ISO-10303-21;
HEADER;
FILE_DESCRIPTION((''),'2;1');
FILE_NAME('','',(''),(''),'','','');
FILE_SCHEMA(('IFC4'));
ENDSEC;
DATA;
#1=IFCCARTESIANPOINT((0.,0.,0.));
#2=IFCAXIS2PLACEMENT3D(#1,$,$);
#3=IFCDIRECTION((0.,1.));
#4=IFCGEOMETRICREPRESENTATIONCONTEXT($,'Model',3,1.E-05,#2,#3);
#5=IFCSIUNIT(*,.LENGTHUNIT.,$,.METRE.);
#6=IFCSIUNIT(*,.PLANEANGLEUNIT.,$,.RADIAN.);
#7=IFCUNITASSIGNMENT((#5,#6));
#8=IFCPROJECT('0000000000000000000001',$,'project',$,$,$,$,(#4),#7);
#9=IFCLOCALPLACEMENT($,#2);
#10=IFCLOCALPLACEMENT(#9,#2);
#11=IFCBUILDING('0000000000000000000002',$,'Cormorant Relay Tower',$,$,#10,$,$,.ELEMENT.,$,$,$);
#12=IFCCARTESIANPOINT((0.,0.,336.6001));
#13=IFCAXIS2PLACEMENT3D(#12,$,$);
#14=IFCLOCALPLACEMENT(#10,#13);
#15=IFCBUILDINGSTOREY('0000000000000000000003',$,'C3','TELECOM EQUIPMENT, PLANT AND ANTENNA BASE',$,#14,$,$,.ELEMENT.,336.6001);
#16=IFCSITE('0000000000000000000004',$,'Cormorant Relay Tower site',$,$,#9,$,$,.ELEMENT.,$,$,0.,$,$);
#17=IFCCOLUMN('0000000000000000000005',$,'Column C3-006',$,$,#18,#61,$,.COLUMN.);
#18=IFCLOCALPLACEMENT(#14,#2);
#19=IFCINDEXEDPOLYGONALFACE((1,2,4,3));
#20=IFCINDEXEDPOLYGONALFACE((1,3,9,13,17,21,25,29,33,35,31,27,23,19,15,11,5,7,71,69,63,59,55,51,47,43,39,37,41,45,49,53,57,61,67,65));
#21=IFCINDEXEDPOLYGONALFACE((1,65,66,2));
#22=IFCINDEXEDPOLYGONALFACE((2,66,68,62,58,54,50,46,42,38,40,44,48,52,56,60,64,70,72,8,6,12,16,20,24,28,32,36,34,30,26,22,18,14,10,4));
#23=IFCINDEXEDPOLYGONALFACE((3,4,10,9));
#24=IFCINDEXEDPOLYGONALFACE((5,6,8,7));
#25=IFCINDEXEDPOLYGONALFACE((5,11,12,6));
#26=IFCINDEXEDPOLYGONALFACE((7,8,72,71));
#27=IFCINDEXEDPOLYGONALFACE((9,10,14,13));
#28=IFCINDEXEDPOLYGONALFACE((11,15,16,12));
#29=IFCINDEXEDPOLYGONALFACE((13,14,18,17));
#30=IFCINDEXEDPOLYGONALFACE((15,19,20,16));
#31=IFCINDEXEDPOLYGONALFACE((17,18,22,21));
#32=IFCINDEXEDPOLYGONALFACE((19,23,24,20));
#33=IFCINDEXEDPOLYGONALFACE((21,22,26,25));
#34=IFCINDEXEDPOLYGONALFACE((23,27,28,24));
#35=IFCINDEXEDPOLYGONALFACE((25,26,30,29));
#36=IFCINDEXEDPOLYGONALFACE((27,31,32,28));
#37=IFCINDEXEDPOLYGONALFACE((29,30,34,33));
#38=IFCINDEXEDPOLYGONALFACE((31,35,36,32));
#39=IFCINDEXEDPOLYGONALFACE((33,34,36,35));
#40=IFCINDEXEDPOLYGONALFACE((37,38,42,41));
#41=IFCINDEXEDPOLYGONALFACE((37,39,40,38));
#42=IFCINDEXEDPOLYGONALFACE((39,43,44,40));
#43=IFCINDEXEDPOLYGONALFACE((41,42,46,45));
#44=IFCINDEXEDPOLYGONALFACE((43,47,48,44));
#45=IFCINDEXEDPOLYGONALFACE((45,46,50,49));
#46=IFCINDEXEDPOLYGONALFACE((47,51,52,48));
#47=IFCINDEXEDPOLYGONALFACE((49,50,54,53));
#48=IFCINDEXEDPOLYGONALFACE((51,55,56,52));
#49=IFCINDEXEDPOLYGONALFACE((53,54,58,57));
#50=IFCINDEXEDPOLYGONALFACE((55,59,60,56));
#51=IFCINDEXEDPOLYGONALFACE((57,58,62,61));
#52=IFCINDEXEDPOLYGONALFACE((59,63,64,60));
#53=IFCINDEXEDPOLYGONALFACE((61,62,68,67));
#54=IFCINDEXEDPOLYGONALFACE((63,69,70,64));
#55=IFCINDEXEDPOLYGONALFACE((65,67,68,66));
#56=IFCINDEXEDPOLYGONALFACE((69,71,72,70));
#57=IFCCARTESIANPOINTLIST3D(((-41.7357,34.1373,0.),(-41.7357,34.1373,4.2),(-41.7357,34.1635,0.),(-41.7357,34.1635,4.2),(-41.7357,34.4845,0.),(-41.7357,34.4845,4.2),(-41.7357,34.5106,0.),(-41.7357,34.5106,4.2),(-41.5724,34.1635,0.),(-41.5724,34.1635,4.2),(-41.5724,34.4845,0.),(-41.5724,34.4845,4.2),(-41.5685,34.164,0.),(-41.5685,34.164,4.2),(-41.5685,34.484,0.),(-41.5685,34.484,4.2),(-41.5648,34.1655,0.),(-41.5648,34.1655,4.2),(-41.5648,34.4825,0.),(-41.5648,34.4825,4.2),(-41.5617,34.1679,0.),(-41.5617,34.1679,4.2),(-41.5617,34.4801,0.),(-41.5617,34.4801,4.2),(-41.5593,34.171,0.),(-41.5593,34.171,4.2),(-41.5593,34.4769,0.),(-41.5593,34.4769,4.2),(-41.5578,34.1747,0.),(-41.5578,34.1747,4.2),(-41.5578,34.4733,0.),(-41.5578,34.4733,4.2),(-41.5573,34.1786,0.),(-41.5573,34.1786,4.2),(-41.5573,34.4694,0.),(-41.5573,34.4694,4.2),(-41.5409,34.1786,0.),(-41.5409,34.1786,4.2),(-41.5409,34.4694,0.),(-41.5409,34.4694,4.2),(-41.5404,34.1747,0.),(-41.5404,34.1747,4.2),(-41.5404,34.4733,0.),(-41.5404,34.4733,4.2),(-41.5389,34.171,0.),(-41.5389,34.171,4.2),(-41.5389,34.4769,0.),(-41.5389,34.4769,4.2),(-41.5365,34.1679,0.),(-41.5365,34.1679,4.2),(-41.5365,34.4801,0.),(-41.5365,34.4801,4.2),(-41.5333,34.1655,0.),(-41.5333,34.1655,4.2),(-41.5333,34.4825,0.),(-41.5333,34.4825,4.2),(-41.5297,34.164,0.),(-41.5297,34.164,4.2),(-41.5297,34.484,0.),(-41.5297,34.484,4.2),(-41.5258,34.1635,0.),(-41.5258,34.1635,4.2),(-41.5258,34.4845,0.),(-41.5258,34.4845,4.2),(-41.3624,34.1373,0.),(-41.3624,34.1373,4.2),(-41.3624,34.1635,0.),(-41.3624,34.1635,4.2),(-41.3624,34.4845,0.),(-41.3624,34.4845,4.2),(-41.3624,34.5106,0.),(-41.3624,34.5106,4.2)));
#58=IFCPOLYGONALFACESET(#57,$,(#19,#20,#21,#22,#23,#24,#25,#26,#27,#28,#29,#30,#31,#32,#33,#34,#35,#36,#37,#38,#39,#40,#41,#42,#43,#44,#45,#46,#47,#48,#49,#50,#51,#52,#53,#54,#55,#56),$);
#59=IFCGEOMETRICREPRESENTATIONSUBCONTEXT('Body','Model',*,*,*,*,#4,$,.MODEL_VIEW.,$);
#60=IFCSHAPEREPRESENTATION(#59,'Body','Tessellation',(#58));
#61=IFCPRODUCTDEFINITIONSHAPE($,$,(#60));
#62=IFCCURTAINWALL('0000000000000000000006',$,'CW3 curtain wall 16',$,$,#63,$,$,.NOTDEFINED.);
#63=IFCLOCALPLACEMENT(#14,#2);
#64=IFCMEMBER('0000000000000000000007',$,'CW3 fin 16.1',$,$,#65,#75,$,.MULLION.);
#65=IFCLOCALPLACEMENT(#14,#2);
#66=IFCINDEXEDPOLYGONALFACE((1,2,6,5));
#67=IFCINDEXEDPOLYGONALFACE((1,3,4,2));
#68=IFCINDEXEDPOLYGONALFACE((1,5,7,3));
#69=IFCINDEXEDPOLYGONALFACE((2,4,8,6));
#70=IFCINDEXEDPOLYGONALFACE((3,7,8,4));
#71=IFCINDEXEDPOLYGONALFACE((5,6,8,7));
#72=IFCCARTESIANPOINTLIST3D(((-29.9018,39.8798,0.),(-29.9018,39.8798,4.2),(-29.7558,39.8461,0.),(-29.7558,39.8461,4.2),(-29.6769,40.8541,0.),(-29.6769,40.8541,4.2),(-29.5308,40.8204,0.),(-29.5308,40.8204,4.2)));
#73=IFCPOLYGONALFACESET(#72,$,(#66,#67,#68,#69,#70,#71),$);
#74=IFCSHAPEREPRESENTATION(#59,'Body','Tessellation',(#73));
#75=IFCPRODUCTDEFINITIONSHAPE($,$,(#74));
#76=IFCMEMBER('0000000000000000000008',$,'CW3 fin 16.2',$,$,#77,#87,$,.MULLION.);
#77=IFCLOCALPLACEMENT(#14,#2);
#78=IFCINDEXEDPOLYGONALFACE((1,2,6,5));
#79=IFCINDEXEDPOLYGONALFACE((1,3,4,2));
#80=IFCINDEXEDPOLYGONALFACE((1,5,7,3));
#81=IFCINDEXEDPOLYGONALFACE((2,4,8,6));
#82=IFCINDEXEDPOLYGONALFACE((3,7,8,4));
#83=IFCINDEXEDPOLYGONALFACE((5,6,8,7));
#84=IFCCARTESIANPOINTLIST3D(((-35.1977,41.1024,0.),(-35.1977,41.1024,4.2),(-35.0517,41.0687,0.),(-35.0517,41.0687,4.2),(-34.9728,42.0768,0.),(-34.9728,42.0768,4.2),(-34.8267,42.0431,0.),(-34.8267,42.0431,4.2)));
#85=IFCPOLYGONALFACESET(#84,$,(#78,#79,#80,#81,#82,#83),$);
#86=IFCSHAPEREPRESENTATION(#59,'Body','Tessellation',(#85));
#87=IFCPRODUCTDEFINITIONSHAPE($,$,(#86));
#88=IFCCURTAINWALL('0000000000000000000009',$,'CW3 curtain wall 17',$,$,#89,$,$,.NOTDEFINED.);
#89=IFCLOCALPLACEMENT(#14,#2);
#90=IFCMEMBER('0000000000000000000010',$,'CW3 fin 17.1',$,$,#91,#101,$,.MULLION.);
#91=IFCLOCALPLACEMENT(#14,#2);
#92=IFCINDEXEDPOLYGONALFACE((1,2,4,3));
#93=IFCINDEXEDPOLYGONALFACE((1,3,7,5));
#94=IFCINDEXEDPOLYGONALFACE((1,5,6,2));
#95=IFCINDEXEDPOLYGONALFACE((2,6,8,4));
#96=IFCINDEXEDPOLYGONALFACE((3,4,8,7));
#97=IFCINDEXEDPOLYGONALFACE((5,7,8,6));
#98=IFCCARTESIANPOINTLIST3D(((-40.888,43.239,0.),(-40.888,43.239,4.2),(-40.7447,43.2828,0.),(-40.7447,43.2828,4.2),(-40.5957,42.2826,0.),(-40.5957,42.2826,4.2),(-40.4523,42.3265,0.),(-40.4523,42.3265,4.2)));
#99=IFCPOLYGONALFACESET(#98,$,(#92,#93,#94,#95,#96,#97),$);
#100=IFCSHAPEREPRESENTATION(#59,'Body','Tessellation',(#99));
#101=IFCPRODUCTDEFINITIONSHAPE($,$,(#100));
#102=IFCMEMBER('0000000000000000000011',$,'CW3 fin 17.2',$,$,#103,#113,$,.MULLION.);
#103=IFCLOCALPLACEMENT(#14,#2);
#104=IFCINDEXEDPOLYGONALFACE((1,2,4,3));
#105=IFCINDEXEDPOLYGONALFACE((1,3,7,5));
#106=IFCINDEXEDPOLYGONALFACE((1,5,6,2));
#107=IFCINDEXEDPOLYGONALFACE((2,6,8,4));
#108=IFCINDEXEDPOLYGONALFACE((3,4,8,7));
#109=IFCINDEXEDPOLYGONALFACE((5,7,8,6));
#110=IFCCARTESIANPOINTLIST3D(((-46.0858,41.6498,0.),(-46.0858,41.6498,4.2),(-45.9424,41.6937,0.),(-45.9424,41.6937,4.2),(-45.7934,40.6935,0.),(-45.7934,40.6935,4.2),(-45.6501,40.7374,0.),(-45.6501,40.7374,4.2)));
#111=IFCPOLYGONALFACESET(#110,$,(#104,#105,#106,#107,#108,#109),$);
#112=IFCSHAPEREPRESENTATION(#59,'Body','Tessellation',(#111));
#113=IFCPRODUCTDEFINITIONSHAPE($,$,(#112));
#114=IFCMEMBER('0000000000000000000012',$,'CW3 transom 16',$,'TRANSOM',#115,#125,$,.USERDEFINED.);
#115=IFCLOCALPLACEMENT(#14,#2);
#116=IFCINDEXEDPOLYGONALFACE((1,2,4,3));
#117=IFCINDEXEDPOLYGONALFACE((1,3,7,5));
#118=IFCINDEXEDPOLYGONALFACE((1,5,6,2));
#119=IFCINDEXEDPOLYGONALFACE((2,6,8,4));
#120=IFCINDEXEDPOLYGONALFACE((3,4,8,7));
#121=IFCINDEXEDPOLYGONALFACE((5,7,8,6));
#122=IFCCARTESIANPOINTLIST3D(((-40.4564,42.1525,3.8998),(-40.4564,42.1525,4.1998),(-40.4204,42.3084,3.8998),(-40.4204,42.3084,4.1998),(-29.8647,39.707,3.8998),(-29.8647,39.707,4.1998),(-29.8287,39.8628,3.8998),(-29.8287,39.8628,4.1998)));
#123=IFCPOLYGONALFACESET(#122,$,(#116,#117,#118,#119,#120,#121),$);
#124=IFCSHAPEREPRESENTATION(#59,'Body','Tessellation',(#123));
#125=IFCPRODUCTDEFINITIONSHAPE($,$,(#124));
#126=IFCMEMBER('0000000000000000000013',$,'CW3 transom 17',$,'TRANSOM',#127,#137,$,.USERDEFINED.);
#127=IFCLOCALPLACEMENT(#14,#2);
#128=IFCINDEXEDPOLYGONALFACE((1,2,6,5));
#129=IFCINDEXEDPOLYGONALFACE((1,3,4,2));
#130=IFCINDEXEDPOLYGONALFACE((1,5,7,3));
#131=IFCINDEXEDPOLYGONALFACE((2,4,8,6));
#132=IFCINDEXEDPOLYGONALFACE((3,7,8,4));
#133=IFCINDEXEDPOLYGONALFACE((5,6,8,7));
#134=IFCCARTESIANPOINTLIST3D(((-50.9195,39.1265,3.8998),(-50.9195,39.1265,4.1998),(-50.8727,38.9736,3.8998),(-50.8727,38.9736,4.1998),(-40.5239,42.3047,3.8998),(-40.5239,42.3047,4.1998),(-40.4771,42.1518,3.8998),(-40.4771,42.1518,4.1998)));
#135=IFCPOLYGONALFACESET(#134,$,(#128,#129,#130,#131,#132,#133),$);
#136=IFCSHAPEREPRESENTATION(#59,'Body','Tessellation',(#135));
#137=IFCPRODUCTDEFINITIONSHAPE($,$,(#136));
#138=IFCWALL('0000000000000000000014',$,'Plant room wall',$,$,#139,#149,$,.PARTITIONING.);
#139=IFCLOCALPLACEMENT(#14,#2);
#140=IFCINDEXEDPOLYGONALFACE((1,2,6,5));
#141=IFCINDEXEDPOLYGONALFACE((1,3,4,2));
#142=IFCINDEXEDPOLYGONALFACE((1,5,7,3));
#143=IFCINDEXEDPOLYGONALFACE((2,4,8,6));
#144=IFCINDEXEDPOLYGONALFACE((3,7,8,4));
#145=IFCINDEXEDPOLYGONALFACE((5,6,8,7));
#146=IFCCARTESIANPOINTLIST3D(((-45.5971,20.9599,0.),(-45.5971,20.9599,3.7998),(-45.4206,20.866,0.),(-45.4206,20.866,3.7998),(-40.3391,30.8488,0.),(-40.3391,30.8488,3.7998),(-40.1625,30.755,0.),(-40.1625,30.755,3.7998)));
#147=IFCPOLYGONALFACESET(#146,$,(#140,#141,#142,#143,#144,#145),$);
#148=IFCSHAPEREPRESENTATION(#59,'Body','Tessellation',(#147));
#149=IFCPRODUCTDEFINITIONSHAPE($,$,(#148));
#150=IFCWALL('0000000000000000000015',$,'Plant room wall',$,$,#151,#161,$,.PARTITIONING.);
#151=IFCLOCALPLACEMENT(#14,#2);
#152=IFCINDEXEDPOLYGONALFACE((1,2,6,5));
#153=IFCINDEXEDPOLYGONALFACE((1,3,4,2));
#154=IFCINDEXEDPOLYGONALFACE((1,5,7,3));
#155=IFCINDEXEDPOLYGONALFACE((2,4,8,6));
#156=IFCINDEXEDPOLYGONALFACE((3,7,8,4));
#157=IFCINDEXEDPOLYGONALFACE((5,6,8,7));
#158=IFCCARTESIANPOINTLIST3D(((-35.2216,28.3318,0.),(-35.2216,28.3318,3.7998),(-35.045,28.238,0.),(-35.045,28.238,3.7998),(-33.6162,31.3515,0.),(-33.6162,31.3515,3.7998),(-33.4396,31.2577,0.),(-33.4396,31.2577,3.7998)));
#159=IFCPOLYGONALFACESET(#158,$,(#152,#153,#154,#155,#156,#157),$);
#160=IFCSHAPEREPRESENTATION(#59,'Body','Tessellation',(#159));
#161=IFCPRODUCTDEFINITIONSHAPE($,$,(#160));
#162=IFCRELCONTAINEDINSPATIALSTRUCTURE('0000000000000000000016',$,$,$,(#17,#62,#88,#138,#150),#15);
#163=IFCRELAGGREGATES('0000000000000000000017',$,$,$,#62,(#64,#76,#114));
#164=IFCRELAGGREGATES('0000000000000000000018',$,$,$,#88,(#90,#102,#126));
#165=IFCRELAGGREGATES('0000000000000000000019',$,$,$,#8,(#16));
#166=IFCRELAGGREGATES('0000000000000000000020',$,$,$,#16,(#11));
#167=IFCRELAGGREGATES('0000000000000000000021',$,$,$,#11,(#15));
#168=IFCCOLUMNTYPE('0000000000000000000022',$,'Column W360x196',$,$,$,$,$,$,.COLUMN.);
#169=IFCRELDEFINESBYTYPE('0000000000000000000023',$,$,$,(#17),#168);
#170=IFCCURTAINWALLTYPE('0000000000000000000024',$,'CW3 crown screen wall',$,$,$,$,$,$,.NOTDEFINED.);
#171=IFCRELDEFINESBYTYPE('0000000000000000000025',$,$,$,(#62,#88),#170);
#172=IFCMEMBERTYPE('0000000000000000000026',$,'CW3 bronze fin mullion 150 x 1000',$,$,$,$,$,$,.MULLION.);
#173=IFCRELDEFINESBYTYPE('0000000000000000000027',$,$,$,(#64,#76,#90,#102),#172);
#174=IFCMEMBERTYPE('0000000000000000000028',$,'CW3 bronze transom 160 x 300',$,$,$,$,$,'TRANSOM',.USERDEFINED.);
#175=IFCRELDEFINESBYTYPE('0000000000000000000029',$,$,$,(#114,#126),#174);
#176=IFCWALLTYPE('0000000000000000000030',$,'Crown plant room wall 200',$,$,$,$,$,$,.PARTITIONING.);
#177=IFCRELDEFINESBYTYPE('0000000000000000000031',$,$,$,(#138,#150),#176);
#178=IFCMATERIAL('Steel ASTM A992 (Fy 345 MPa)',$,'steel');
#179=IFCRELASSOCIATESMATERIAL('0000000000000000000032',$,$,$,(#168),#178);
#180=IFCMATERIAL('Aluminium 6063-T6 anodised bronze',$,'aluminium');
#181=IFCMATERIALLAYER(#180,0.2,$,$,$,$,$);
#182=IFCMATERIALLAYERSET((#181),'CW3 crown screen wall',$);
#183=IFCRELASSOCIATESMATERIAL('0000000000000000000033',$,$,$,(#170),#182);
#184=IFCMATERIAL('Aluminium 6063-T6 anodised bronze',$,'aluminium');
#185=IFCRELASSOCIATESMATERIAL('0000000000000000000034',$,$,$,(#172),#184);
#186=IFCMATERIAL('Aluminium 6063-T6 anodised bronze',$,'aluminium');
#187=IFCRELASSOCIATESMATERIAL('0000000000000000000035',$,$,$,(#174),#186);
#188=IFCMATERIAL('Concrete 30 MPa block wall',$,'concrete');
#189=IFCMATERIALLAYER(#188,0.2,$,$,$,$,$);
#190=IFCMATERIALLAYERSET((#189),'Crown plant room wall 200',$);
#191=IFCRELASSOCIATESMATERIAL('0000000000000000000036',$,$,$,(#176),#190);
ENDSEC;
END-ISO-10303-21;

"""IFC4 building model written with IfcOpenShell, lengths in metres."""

from ifc_helpers import new_model, si_unit, direction, frame, frame_2d, origin, origin_2d, place, context, subcontext, project, spatial, rectangle, i_section, extrude, material, layer, layer_set, material_profile, profile_set, type_object, element, aggregate, save


model = new_model("IFC4")

# Units and contexts
model_context = context("Model", 3, precision=1e-05, world=origin(), true_north=direction((0.0, 1.0)))
body_context = subcontext(model_context, "Body", "Model", "MODEL_VIEW")
ifc_project = project(units=[si_unit("LENGTHUNIT", "METRE"), si_unit("PLANEANGLEUNIT", "RADIAN")], contexts=[model_context])

# Site, building, storey
site_placement = place(None, origin())
site = spatial("IfcSite", under=ifc_project, at=site_placement, Name="Cormorant Relay Tower site", CompositionType="ELEMENT", RefElevation=0.0)
building_placement = place(site_placement, origin())
building = spatial("IfcBuilding", under=site, at=building_placement, Name="Cormorant Relay Tower", CompositionType="ELEMENT")
storey_placement = place(building_placement, frame((0.0, 0.0, 336.6001)))
storey = spatial("IfcBuildingStorey", under=building, at=storey_placement, Name="C3", Description="TELECOM EQUIPMENT, PLANT AND ANTENNA BASE", CompositionType="ELEMENT", Elevation=336.6001)

# Column
ifc_material_1 = material(Name="Steel ASTM A992 (Fy 345 MPa)", Category="steel")
ifc_material_profile_1 = material_profile(ifc_material_1, i_section(OverallWidth=0.3733, OverallDepth=0.3733, WebThickness=0.0164, FlangeThickness=0.0261, FilletRadius=0.0151, at=origin_2d()), Name="W360x196")
ifc_profile_set_1 = profile_set([ifc_material_profile_1], Name="Steel ASTM A992 (Fy 345 MPa)")
column_type = type_object("IfcColumnType", Name="Column W360x196", PredefinedType="COLUMN", material=ifc_profile_set_1)
column_placement = place(storey_placement, frame((-41.5491, 34.324, 0.0), z_axis=(0.0, 0.0, 1.0), x_axis=(1.0, 0.0, 0.0)))
element("IfcColumn", 1, at=column_placement, inside=storey, type_object=column_type, Name="Column C3-006", PredefinedType="COLUMN", context=body_context, shape_type="SweptSolid", body=[
    extrude(i_section(OverallWidth=0.3733, OverallDepth=0.3733, WebThickness=0.0164, FlangeThickness=0.0261, FilletRadius=0.0151, at=origin_2d()), origin(), (0.0, 0.0, 1.0), 4.2),
])

# Curtain walls, members
ifc_material_2 = material(Name="Aluminium 6063-T6 anodised bronze", Category="aluminium")
ifc_layer_1 = layer(ifc_material_2, 0.2)
ifc_layer_set_1 = layer_set([ifc_layer_1], Name="CW3 crown screen wall")
curtain_wall_type = type_object("IfcCurtainWallType", Name="CW3 crown screen wall", PredefinedType="NOTDEFINED", material=ifc_layer_set_1)
curtain_wall_1_placement = place(storey_placement, origin())
curtain_wall_1 = element("IfcCurtainWall", 2, at=curtain_wall_1_placement, inside=storey, type_object=curtain_wall_type, Name="CW3 curtain wall 16", PredefinedType="NOTDEFINED")
ifc_material_3 = material(Name="Aluminium 6063-T6 anodised bronze", Category="aluminium")
ifc_material_profile_2 = material_profile(ifc_material_3, rectangle(XDim=0.1499, YDim=1.0, at=origin_2d()), Name="AL 150x1000")
ifc_profile_set_2 = profile_set([ifc_material_profile_2], Name="Aluminium 6063-T6 anodised bronze")
member_type_1 = type_object("IfcMemberType", Name="CW3 bronze fin mullion 150 x 1000", PredefinedType="MULLION", material=ifc_profile_set_2)
member_1_placement = place(storey_placement, frame((-29.7163, 40.3501, 0.0), z_axis=(0.0, 0.0, 1.0), x_axis=(-0.97437, 0.224951, 0.0)))
member_1 = element("IfcMember", 3, at=member_1_placement, type_object=member_type_1, Name="CW3 fin 16.1", PredefinedType="MULLION", context=body_context, shape_type="SweptSolid", body=[
    extrude(rectangle(XDim=0.1499, YDim=1.0, at=origin_2d()), origin(), (0.0, 0.0, 1.0), 4.2),
])
member_2_placement = place(storey_placement, frame((-35.0122, 41.5728, 0.0), z_axis=(0.0, 0.0, 1.0), x_axis=(-0.97437, 0.224951, 0.0)))
member_2 = element("IfcMember", 4, at=member_2_placement, type_object=member_type_1, Name="CW3 fin 16.2", PredefinedType="MULLION", context=body_context, shape_type="SweptSolid", body=[
    extrude(rectangle(XDim=0.1499, YDim=1.0, at=origin_2d()), origin(), (0.0, 0.0, 1.0), 4.2),
])
curtain_wall_2_placement = place(storey_placement, origin())
curtain_wall_2 = element("IfcCurtainWall", 5, at=curtain_wall_2_placement, inside=storey, type_object=curtain_wall_type, Name="CW3 curtain wall 17", PredefinedType="NOTDEFINED")
member_3_placement = place(storey_placement, frame((-40.6702, 42.7827, 0.0), z_axis=(0.0, 0.0, 1.0), x_axis=(-0.956305, -0.292372, 0.0)))
member_3 = element("IfcMember", 6, at=member_3_placement, type_object=member_type_1, Name="CW3 fin 17.1", PredefinedType="MULLION", context=body_context, shape_type="SweptSolid", body=[
    extrude(rectangle(XDim=0.1499, YDim=1.0, at=origin_2d()), origin(), (0.0, 0.0, 1.0), 4.2),
])
member_4_placement = place(storey_placement, frame((-45.8679, 41.1936, 0.0), z_axis=(0.0, 0.0, 1.0), x_axis=(-0.956305, -0.292372, 0.0)))
member_4 = element("IfcMember", 7, at=member_4_placement, type_object=member_type_1, Name="CW3 fin 17.2", PredefinedType="MULLION", context=body_context, shape_type="SweptSolid", body=[
    extrude(rectangle(XDim=0.1499, YDim=1.0, at=origin_2d()), origin(), (0.0, 0.0, 1.0), 4.2),
])

# Members
ifc_material_4 = material(Name="Aluminium 6063-T6 anodised bronze", Category="aluminium")
ifc_material_profile_3 = material_profile(ifc_material_4, rectangle(XDim=0.1599, YDim=0.3, at=origin_2d()), Name="AL 160x300")
ifc_profile_set_3 = profile_set([ifc_material_profile_3], Name="Aluminium 6063-T6 anodised bronze")
member_type_2 = type_object("IfcMemberType", Name="CW3 bronze transom 160 x 300", ElementType="TRANSOM", PredefinedType="USERDEFINED", material=ifc_profile_set_3)
member_5_placement = place(storey_placement, frame((-29.8467, 39.7849, 4.0498), z_axis=(-0.974365, 0.224973, 0.0), x_axis=(-0.224973, -0.974365, 0.0)))
member_5 = element("IfcMember", 8, at=member_5_placement, type_object=member_type_2, Name="CW3 transom 16", ObjectType="TRANSOM", PredefinedType="USERDEFINED", context=body_context, shape_type="SweptSolid", body=[
    extrude(rectangle(XDim=0.1599, YDim=0.3, at=origin_2d()), origin(), (0.0, 0.0, 1.0), 10.8704),
])
member_6_placement = place(storey_placement, frame((-40.5005, 42.2283, 4.0498), z_axis=(-0.956305, -0.292371, 0.0), x_axis=(0.292371, -0.956305, 0.0)))
member_6 = element("IfcMember", 9, at=member_6_placement, type_object=member_type_2, Name="CW3 transom 17", ObjectType="TRANSOM", PredefinedType="USERDEFINED", context=body_context, shape_type="SweptSolid", body=[
    extrude(rectangle(XDim=0.1599, YDim=0.3, at=origin_2d()), origin(), (0.0, 0.0, 1.0), 10.8706),
])

# Walls
ifc_material_5 = material(Name="Concrete 30 MPa block wall", Category="concrete")
ifc_layer_2 = layer(ifc_material_5, 0.2)
ifc_layer_set_2 = layer_set([ifc_layer_2], Name="Crown plant room wall 200")
wall_type_1 = type_object("IfcWallType", Name="Crown plant room wall 200", PredefinedType="PARTITIONING", material=ifc_layer_set_2)
wall_1_placement = place(storey_placement, frame((-40.2507, 30.802, 0.0), z_axis=(0.0, 0.0, 1.0), x_axis=(-0.469473, -0.882947, 0.0)))
element("IfcWall", 10, at=wall_1_placement, inside=storey, type_object=wall_type_1, Name="Plant room wall", PredefinedType="PARTITIONING", context=body_context, shape_type="SweptSolid", body=[
    extrude(rectangle(XDim=11.2, YDim=0.2, at=frame_2d((5.6001, 0.0))), origin(), (0.0, 0.0, 1.0), 3.7998),
])
wall_2_placement = place(storey_placement, frame((-35.1333, 28.2849, 0.0), z_axis=(0.0, 0.0, 1.0), x_axis=(0.469432, 0.882969, 0.0)))
element("IfcWall", 11, at=wall_2_placement, inside=storey, type_object=wall_type_1, Name="Plant room wall", PredefinedType="PARTITIONING", context=body_context, shape_type="SweptSolid", body=[
    extrude(rectangle(XDim=3.4199, YDim=0.2, at=frame_2d((1.71, 0.0))), origin(), (0.0, 0.0, 1.0), 3.7998),
])

aggregate(curtain_wall_1, [member_1, member_2, member_5])
aggregate(curtain_wall_2, [member_3, member_4, member_6])

save(model, "model.ifc")
